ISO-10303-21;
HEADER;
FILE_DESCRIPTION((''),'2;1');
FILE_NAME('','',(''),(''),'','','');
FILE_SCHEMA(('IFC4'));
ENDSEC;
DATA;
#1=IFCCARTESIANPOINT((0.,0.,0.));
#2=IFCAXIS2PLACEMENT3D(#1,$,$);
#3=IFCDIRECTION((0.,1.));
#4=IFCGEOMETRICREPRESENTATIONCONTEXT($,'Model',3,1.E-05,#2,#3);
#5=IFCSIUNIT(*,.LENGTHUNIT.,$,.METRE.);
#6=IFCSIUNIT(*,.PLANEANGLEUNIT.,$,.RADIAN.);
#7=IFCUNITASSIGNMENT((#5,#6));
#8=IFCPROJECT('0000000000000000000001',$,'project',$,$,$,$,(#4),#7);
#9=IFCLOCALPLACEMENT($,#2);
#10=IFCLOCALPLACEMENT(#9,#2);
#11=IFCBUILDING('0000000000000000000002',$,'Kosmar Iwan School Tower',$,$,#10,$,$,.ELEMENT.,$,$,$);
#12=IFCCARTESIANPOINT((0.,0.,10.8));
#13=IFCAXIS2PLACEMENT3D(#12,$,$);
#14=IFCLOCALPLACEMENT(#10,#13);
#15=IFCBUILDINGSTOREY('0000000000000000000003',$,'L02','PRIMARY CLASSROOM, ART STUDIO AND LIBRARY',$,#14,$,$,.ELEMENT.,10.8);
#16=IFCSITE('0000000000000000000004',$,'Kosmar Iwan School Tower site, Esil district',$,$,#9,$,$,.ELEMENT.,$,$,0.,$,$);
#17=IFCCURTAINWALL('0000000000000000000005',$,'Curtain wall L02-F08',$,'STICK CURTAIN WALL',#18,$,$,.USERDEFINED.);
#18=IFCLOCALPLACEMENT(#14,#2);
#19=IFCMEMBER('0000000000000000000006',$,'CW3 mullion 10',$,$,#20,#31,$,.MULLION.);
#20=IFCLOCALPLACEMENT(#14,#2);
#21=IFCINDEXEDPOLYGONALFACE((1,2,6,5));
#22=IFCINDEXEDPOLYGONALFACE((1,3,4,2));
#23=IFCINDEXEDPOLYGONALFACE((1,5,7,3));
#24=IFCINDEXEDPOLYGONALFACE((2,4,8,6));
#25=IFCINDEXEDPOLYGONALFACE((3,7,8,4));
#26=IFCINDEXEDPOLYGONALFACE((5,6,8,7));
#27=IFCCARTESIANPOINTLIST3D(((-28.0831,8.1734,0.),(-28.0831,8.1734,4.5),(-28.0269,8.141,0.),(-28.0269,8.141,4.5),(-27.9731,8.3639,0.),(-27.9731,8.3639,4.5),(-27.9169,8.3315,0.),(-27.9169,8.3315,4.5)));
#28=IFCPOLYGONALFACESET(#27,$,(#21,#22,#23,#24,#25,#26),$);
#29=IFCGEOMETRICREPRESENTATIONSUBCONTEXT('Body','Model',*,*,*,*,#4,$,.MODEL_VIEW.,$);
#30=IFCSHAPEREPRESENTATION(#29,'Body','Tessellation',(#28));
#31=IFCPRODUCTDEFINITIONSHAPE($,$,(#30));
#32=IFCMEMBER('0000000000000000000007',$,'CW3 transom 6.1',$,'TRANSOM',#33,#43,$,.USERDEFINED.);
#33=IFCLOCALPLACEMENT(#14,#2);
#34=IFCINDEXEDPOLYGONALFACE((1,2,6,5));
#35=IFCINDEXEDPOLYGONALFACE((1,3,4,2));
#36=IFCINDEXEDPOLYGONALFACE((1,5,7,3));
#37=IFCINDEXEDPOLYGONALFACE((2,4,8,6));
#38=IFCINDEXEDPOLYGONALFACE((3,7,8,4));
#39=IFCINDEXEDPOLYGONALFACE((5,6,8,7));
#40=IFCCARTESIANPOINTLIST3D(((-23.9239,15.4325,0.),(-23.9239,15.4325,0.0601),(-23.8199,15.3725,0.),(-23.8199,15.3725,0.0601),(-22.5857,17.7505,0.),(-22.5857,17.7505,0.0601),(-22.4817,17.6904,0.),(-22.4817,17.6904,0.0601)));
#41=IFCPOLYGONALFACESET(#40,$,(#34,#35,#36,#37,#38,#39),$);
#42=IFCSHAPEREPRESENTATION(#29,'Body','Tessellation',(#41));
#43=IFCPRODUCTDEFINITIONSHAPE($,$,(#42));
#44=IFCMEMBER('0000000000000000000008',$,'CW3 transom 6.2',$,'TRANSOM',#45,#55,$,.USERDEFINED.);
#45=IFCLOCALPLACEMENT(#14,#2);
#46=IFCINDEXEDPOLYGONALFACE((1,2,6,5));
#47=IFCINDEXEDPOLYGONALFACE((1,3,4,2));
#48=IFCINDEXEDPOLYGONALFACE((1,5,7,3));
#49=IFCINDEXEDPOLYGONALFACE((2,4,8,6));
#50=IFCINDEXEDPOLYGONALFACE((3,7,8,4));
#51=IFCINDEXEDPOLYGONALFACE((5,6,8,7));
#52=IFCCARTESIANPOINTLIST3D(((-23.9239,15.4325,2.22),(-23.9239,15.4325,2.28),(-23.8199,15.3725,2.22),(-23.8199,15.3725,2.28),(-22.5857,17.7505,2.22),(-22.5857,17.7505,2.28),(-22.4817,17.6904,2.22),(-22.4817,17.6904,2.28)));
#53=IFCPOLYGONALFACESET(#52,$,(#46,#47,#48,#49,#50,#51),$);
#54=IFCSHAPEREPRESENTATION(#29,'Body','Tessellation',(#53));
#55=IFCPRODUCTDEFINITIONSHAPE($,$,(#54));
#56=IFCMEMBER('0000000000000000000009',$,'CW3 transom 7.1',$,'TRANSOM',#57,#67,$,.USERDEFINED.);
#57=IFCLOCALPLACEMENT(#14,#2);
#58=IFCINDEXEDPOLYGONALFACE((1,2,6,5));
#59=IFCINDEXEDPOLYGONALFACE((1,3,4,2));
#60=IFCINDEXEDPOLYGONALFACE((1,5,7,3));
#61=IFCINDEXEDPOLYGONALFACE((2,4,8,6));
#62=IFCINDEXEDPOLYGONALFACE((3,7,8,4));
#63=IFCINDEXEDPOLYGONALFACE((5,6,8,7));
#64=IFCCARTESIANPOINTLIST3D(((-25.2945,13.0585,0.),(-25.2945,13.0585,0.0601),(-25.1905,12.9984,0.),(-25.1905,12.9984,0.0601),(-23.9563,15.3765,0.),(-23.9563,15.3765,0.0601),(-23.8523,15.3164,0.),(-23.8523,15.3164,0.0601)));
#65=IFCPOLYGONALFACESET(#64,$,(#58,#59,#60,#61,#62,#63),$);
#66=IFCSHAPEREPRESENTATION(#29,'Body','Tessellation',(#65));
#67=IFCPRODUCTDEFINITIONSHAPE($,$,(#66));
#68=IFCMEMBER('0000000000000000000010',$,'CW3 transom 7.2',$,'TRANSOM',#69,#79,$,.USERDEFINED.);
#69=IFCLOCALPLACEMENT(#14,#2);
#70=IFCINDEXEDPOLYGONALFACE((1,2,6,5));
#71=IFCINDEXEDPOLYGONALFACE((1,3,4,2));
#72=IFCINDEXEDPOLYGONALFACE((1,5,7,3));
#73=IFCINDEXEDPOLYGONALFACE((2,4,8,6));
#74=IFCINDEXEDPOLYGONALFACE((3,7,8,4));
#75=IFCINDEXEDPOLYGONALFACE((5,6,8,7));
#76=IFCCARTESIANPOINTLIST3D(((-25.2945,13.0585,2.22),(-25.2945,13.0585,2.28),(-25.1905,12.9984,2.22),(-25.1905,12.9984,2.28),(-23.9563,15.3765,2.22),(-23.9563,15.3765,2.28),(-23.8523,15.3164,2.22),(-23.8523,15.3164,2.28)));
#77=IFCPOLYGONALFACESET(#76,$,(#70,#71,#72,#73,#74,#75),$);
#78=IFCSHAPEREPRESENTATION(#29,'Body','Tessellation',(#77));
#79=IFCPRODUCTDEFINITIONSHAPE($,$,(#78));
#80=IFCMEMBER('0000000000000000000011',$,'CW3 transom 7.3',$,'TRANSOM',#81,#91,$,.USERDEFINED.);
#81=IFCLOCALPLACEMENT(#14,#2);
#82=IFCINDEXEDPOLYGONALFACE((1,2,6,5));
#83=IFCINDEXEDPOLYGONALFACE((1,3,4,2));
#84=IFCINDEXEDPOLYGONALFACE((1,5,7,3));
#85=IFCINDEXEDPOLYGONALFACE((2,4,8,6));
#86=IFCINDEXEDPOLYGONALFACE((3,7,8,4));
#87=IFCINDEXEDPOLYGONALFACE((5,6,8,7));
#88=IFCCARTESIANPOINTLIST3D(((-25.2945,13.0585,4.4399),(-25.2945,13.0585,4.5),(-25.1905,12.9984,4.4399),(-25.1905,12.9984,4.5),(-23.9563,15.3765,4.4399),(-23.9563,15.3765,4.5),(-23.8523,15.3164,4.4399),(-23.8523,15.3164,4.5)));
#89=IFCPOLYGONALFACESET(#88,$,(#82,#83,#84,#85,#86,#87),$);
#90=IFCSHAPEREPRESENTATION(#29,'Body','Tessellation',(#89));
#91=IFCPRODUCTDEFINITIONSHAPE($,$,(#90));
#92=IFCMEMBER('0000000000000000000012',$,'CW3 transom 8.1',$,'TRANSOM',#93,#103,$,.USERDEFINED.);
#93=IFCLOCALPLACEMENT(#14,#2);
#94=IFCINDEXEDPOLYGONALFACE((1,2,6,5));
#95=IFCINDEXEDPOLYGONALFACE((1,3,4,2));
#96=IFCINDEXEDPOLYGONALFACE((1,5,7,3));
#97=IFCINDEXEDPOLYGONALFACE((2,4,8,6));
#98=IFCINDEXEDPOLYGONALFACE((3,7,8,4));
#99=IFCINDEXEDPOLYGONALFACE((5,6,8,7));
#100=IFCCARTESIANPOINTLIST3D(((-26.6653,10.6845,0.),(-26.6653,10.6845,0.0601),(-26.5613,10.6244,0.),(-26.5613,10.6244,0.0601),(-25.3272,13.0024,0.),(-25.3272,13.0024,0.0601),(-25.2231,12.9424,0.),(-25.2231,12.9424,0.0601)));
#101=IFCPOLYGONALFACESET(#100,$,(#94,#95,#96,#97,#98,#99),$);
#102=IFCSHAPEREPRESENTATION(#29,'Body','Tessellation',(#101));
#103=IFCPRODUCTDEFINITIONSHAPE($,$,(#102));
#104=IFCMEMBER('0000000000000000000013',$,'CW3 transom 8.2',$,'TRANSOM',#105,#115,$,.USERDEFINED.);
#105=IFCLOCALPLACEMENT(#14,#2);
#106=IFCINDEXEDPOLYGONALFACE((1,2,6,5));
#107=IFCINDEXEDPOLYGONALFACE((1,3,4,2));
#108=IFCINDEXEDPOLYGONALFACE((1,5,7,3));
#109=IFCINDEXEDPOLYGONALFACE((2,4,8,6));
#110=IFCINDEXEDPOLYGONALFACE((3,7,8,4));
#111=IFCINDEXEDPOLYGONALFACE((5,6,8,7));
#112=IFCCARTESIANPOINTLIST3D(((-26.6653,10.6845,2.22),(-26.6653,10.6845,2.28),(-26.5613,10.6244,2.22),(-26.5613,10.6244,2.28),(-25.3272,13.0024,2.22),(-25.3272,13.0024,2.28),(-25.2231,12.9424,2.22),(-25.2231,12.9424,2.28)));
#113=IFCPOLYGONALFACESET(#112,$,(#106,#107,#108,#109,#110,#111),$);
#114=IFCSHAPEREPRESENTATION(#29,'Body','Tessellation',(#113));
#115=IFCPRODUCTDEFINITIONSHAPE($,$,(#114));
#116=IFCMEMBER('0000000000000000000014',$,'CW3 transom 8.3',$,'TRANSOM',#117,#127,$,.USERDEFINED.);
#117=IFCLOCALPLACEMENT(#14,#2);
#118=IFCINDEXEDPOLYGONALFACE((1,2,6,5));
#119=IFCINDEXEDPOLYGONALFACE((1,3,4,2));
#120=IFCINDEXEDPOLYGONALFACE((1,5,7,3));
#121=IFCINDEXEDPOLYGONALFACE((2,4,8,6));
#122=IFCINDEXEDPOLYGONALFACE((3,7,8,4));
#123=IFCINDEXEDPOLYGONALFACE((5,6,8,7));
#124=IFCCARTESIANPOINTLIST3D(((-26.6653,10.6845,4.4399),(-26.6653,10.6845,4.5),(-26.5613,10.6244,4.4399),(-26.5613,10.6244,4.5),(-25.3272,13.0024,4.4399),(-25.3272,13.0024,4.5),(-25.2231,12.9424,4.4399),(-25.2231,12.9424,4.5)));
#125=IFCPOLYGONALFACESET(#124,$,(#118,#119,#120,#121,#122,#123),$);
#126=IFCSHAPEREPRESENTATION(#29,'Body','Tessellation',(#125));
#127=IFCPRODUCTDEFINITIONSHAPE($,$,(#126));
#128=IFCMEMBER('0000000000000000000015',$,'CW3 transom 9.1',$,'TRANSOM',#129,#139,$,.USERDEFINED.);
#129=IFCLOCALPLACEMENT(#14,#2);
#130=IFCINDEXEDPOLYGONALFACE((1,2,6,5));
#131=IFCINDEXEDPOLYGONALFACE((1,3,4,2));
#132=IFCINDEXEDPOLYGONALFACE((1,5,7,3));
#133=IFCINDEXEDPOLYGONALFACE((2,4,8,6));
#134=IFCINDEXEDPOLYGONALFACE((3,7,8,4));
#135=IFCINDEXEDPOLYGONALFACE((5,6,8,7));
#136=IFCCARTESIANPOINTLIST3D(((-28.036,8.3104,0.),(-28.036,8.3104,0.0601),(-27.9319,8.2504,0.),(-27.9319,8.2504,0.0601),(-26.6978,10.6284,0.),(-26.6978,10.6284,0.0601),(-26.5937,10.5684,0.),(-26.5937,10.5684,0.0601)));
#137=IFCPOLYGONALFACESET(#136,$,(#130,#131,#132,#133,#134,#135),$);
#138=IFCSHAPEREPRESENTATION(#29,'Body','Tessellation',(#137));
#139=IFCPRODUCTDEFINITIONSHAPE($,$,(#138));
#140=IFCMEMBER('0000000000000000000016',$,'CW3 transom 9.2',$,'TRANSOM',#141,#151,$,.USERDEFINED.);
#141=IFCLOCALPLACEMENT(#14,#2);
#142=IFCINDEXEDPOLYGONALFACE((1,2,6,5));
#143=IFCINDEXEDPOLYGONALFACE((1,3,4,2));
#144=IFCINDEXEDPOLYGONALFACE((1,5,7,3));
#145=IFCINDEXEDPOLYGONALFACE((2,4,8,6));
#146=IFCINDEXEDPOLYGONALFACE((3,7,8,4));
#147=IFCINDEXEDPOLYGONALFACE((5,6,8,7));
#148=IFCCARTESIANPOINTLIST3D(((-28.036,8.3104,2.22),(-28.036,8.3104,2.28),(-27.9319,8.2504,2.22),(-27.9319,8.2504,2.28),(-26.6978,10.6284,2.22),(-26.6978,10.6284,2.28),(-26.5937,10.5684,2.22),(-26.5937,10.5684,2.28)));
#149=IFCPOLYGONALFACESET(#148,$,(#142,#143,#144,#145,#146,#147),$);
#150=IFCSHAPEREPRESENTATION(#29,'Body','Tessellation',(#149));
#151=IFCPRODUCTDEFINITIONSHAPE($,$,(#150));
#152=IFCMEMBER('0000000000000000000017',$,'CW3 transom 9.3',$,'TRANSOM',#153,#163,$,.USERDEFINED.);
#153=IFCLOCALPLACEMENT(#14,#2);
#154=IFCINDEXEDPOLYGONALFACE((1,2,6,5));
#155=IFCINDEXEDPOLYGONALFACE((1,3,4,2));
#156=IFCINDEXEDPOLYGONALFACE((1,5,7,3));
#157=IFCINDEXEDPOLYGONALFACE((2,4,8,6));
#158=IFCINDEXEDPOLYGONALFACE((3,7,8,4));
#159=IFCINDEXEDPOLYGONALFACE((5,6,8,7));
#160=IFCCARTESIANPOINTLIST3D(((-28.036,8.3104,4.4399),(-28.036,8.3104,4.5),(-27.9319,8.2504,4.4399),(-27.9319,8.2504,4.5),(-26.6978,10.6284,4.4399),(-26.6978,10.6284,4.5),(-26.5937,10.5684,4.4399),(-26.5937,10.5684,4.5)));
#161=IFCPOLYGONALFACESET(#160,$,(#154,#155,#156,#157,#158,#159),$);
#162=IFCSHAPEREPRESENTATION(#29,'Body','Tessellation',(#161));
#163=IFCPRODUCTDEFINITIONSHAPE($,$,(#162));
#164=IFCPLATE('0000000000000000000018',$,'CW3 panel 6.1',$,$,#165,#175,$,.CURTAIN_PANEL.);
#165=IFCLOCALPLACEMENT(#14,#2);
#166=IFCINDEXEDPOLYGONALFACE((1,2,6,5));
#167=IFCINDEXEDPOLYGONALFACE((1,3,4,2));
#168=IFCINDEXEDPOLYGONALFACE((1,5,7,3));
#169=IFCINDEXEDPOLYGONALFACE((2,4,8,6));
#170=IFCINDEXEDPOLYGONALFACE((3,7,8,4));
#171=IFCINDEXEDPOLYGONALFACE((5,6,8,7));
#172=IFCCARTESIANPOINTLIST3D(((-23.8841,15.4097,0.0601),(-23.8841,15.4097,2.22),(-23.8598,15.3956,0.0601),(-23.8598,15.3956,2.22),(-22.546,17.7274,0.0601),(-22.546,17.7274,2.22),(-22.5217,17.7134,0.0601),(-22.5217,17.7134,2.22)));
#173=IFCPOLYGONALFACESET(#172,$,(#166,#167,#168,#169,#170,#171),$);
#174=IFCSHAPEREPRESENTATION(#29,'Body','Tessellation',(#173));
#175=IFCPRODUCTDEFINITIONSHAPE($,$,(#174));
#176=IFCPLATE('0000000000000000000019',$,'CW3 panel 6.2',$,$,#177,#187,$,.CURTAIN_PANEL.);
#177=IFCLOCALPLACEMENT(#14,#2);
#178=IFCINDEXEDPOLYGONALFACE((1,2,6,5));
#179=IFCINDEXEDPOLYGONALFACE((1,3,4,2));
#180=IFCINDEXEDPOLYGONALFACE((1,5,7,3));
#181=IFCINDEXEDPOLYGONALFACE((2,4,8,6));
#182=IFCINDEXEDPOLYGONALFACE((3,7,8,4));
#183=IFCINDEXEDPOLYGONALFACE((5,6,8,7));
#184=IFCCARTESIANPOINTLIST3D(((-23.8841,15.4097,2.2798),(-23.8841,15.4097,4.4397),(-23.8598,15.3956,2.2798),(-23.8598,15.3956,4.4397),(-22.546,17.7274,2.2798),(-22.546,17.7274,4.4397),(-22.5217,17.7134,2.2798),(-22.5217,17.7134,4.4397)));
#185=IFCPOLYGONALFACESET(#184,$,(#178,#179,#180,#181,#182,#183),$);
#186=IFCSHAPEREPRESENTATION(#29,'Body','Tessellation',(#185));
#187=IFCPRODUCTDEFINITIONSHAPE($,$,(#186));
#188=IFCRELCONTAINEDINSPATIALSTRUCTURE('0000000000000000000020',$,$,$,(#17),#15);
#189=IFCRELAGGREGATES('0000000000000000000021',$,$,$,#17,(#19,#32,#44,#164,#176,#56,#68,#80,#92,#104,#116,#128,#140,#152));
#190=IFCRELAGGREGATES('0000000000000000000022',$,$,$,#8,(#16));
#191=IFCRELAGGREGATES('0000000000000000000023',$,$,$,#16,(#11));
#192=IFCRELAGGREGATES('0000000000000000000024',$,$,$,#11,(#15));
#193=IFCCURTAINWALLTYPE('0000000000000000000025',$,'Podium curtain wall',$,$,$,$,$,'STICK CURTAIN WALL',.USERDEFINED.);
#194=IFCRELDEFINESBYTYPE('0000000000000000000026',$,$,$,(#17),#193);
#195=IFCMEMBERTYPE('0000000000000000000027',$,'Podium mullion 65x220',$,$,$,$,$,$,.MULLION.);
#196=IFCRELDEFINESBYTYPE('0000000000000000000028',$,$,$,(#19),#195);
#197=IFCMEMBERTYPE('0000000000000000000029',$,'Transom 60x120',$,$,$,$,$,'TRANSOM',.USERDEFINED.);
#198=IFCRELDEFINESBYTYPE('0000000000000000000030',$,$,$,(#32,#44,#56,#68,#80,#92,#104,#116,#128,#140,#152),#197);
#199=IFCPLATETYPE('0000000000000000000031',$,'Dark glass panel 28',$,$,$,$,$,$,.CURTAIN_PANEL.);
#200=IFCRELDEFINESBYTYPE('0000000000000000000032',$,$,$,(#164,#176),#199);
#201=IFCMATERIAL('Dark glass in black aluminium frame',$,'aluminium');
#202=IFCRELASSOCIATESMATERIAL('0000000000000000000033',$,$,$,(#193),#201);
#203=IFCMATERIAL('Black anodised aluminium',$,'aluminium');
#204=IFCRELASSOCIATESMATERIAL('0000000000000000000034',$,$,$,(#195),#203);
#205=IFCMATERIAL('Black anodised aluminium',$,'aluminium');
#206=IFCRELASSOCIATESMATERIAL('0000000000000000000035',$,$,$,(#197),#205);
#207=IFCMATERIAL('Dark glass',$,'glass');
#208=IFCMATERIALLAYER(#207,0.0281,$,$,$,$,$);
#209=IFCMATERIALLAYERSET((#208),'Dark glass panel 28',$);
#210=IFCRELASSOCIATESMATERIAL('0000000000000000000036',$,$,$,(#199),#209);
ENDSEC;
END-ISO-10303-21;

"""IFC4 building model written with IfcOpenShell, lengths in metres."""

from ifc_helpers import new_model, si_unit, direction, frame, origin, origin_2d, place, context, subcontext, project, spatial, rectangle, extrude, material, layer, layer_set, material_profile, profile_set, type_object, element, aggregate, save


model = new_model("IFC4")

# Units and contexts
model_context = context("Model", 3, precision=1e-05, world=origin(), true_north=direction((0.0, 1.0)))
body_context = subcontext(model_context, "Body", "Model", "MODEL_VIEW")
ifc_project = project(units=[si_unit("LENGTHUNIT", "METRE"), si_unit("PLANEANGLEUNIT", "RADIAN")], contexts=[model_context])

# Site, building, storey
site_placement = place(None, origin())
site = spatial("IfcSite", under=ifc_project, at=site_placement, Name="Kosmar Iwan School Tower site, Esil district", CompositionType="ELEMENT", RefElevation=0.0)
building_placement = place(site_placement, origin())
building = spatial("IfcBuilding", under=site, at=building_placement, Name="Kosmar Iwan School Tower", CompositionType="ELEMENT")
storey_placement = place(building_placement, frame((0.0, 0.0, 10.8)))
storey = spatial("IfcBuildingStorey", under=building, at=storey_placement, Name="L02", Description="PRIMARY CLASSROOM, ART STUDIO AND LIBRARY", CompositionType="ELEMENT", Elevation=10.8)

# Curtain wall, members, plates
ifc_material_1 = material(Name="Dark glass in black aluminium frame", Category="aluminium")
curtain_wall_type = type_object("IfcCurtainWallType", Name="Podium curtain wall", ElementType="STICK CURTAIN WALL", PredefinedType="USERDEFINED", material=ifc_material_1)
curtain_wall_placement = place(storey_placement, origin())
curtain_wall = element("IfcCurtainWall", 1, at=curtain_wall_placement, inside=storey, type_object=curtain_wall_type, Name="Curtain wall L02-F08", ObjectType="STICK CURTAIN WALL", PredefinedType="USERDEFINED")
ifc_material_2 = material(Name="Black anodised aluminium", Category="aluminium")
ifc_material_profile_1 = material_profile(ifc_material_2, rectangle(XDim=0.0649, YDim=0.22, at=origin_2d()), Name="MULLION 65x220")
ifc_profile_set_1 = profile_set([ifc_material_profile_1], Name="Black anodised aluminium")
member_type_1 = type_object("IfcMemberType", Name="Podium mullion 65x220", PredefinedType="MULLION", material=ifc_profile_set_1)
member_1_placement = place(storey_placement, frame((-28.0, 8.2524, 0.0), z_axis=(0.0, 0.0, 1.0), x_axis=(0.866025, -0.5, 0.0)))
member_1 = element("IfcMember", 2, at=member_1_placement, type_object=member_type_1, Name="CW3 mullion 10", PredefinedType="MULLION", context=body_context, shape_type="SweptSolid", body=[
    extrude(rectangle(XDim=0.0649, YDim=0.22, at=origin_2d()), origin(), (0.0, 0.0, 1.0), 4.5),
])
ifc_material_3 = material(Name="Black anodised aluminium", Category="aluminium")
ifc_material_profile_2 = material_profile(ifc_material_3, rectangle(XDim=0.1201, YDim=0.0601, at=origin_2d()), Name="TRANSOM 60x120")
ifc_profile_set_2 = profile_set([ifc_material_profile_2], Name="Black anodised aluminium")
member_type_2 = type_object("IfcMemberType", Name="Transom 60x120", ElementType="TRANSOM", PredefinedType="USERDEFINED", material=ifc_profile_set_2)
member_2_placement = place(storey_placement, frame((-22.5337, 17.7205, 0.03), z_axis=(-0.499975, -0.86604, 0.0), x_axis=(0.86604, -0.499975, 0.0)))
member_2 = element("IfcMember", 3, at=member_2_placement, type_object=member_type_2, Name="CW3 transom 6.1", ObjectType="TRANSOM", PredefinedType="USERDEFINED", context=body_context, shape_type="SweptSolid", body=[
    extrude(rectangle(XDim=0.1201, YDim=0.0601, at=origin_2d()), origin(), (0.0, 0.0, 1.0), 2.6765),
])
member_3_placement = place(storey_placement, frame((-22.5337, 17.7205, 2.25), z_axis=(-0.499975, -0.86604, 0.0), x_axis=(0.86604, -0.499975, 0.0)))
member_3 = element("IfcMember", 4, at=member_3_placement, type_object=member_type_2, Name="CW3 transom 6.2", ObjectType="TRANSOM", PredefinedType="USERDEFINED", context=body_context, shape_type="SweptSolid", body=[
    extrude(rectangle(XDim=0.1201, YDim=0.0601, at=origin_2d()), origin(), (0.0, 0.0, 1.0), 2.6765),
])
member_4_placement = place(storey_placement, frame((-23.9043, 15.3464, 0.03), z_axis=(-0.499975, -0.86604, 0.0), x_axis=(0.86604, -0.499975, 0.0)))
member_4 = element("IfcMember", 5, at=member_4_placement, type_object=member_type_2, Name="CW3 transom 7.1", ObjectType="TRANSOM", PredefinedType="USERDEFINED", context=body_context, shape_type="SweptSolid", body=[
    extrude(rectangle(XDim=0.1201, YDim=0.0601, at=origin_2d()), origin(), (0.0, 0.0, 1.0), 2.6765),
])
member_5_placement = place(storey_placement, frame((-23.9043, 15.3464, 2.25), z_axis=(-0.499975, -0.86604, 0.0), x_axis=(0.86604, -0.499975, 0.0)))
member_5 = element("IfcMember", 6, at=member_5_placement, type_object=member_type_2, Name="CW3 transom 7.2", ObjectType="TRANSOM", PredefinedType="USERDEFINED", context=body_context, shape_type="SweptSolid", body=[
    extrude(rectangle(XDim=0.1201, YDim=0.0601, at=origin_2d()), origin(), (0.0, 0.0, 1.0), 2.6765),
])
member_6_placement = place(storey_placement, frame((-23.9043, 15.3464, 4.47), z_axis=(-0.499975, -0.86604, 0.0), x_axis=(0.86604, -0.499975, 0.0)))
member_6 = element("IfcMember", 7, at=member_6_placement, type_object=member_type_2, Name="CW3 transom 7.3", ObjectType="TRANSOM", PredefinedType="USERDEFINED", context=body_context, shape_type="SweptSolid", body=[
    extrude(rectangle(XDim=0.1201, YDim=0.0601, at=origin_2d()), origin(), (0.0, 0.0, 1.0), 2.6765),
])
member_7_placement = place(storey_placement, frame((-25.2751, 12.9724, 0.03), z_axis=(-0.499975, -0.86604, 0.0), x_axis=(0.86604, -0.499975, 0.0)))
member_7 = element("IfcMember", 8, at=member_7_placement, type_object=member_type_2, Name="CW3 transom 8.1", ObjectType="TRANSOM", PredefinedType="USERDEFINED", context=body_context, shape_type="SweptSolid", body=[
    extrude(rectangle(XDim=0.1201, YDim=0.0601, at=origin_2d()), origin(), (0.0, 0.0, 1.0), 2.6765),
])
member_8_placement = place(storey_placement, frame((-25.2751, 12.9724, 2.25), z_axis=(-0.499975, -0.86604, 0.0), x_axis=(0.86604, -0.499975, 0.0)))
member_8 = element("IfcMember", 9, at=member_8_placement, type_object=member_type_2, Name="CW3 transom 8.2", ObjectType="TRANSOM", PredefinedType="USERDEFINED", context=body_context, shape_type="SweptSolid", body=[
    extrude(rectangle(XDim=0.1201, YDim=0.0601, at=origin_2d()), origin(), (0.0, 0.0, 1.0), 2.6765),
])
member_9_placement = place(storey_placement, frame((-25.2751, 12.9724, 4.47), z_axis=(-0.499975, -0.86604, 0.0), x_axis=(0.86604, -0.499975, 0.0)))
member_9 = element("IfcMember", 10, at=member_9_placement, type_object=member_type_2, Name="CW3 transom 8.3", ObjectType="TRANSOM", PredefinedType="USERDEFINED", context=body_context, shape_type="SweptSolid", body=[
    extrude(rectangle(XDim=0.1201, YDim=0.0601, at=origin_2d()), origin(), (0.0, 0.0, 1.0), 2.6765),
])
member_10_placement = place(storey_placement, frame((-26.6458, 10.5984, 0.03), z_axis=(-0.499975, -0.86604, 0.0), x_axis=(0.86604, -0.499975, 0.0)))
member_10 = element("IfcMember", 11, at=member_10_placement, type_object=member_type_2, Name="CW3 transom 9.1", ObjectType="TRANSOM", PredefinedType="USERDEFINED", context=body_context, shape_type="SweptSolid", body=[
    extrude(rectangle(XDim=0.1201, YDim=0.0601, at=origin_2d()), origin(), (0.0, 0.0, 1.0), 2.6765),
])
member_11_placement = place(storey_placement, frame((-26.6458, 10.5984, 2.25), z_axis=(-0.499975, -0.86604, 0.0), x_axis=(0.86604, -0.499975, 0.0)))
member_11 = element("IfcMember", 12, at=member_11_placement, type_object=member_type_2, Name="CW3 transom 9.2", ObjectType="TRANSOM", PredefinedType="USERDEFINED", context=body_context, shape_type="SweptSolid", body=[
    extrude(rectangle(XDim=0.1201, YDim=0.0601, at=origin_2d()), origin(), (0.0, 0.0, 1.0), 2.6765),
])
member_12_placement = place(storey_placement, frame((-26.6458, 10.5984, 4.47), z_axis=(-0.499975, -0.86604, 0.0), x_axis=(0.86604, -0.499975, 0.0)))
member_12 = element("IfcMember", 13, at=member_12_placement, type_object=member_type_2, Name="CW3 transom 9.3", ObjectType="TRANSOM", PredefinedType="USERDEFINED", context=body_context, shape_type="SweptSolid", body=[
    extrude(rectangle(XDim=0.1201, YDim=0.0601, at=origin_2d()), origin(), (0.0, 0.0, 1.0), 2.6765),
])
ifc_material_4 = material(Name="Dark glass", Category="glass")
ifc_layer = layer(ifc_material_4, 0.0281)
ifc_layer_set = layer_set([ifc_layer], Name="Dark glass panel 28")
plate_type = type_object("IfcPlateType", Name="Dark glass panel 28", PredefinedType="CURTAIN_PANEL", material=ifc_layer_set)
plate_1_placement = place(storey_placement, frame((-23.2029, 16.5615, 0.0601), z_axis=(0.0, 0.0, 1.0), x_axis=(-0.5, -0.866025, 0.0)))
plate_1 = element("IfcPlate", 14, at=plate_1_placement, type_object=plate_type, Name="CW3 panel 6.1", PredefinedType="CURTAIN_PANEL", context=body_context, shape_type="SweptSolid", body=[
    extrude(rectangle(XDim=2.6763, YDim=0.0281, at=origin_2d()), origin(), (0.0, 0.0, 1.0), 2.1599),
])
plate_2_placement = place(storey_placement, frame((-23.2029, 16.5615, 2.2798), z_axis=(0.0, 0.0, 1.0), x_axis=(-0.5, -0.866025, 0.0)))
plate_2 = element("IfcPlate", 15, at=plate_2_placement, type_object=plate_type, Name="CW3 panel 6.2", PredefinedType="CURTAIN_PANEL", context=body_context, shape_type="SweptSolid", body=[
    extrude(rectangle(XDim=2.6763, YDim=0.0281, at=origin_2d()), origin(), (0.0, 0.0, 1.0), 2.1599),
])
aggregate(curtain_wall, [member_1, member_2, member_3, plate_1, plate_2, member_4, member_5, member_6, member_7, member_8, member_9, member_10, member_11, member_12])

save(model, "model.ifc")
